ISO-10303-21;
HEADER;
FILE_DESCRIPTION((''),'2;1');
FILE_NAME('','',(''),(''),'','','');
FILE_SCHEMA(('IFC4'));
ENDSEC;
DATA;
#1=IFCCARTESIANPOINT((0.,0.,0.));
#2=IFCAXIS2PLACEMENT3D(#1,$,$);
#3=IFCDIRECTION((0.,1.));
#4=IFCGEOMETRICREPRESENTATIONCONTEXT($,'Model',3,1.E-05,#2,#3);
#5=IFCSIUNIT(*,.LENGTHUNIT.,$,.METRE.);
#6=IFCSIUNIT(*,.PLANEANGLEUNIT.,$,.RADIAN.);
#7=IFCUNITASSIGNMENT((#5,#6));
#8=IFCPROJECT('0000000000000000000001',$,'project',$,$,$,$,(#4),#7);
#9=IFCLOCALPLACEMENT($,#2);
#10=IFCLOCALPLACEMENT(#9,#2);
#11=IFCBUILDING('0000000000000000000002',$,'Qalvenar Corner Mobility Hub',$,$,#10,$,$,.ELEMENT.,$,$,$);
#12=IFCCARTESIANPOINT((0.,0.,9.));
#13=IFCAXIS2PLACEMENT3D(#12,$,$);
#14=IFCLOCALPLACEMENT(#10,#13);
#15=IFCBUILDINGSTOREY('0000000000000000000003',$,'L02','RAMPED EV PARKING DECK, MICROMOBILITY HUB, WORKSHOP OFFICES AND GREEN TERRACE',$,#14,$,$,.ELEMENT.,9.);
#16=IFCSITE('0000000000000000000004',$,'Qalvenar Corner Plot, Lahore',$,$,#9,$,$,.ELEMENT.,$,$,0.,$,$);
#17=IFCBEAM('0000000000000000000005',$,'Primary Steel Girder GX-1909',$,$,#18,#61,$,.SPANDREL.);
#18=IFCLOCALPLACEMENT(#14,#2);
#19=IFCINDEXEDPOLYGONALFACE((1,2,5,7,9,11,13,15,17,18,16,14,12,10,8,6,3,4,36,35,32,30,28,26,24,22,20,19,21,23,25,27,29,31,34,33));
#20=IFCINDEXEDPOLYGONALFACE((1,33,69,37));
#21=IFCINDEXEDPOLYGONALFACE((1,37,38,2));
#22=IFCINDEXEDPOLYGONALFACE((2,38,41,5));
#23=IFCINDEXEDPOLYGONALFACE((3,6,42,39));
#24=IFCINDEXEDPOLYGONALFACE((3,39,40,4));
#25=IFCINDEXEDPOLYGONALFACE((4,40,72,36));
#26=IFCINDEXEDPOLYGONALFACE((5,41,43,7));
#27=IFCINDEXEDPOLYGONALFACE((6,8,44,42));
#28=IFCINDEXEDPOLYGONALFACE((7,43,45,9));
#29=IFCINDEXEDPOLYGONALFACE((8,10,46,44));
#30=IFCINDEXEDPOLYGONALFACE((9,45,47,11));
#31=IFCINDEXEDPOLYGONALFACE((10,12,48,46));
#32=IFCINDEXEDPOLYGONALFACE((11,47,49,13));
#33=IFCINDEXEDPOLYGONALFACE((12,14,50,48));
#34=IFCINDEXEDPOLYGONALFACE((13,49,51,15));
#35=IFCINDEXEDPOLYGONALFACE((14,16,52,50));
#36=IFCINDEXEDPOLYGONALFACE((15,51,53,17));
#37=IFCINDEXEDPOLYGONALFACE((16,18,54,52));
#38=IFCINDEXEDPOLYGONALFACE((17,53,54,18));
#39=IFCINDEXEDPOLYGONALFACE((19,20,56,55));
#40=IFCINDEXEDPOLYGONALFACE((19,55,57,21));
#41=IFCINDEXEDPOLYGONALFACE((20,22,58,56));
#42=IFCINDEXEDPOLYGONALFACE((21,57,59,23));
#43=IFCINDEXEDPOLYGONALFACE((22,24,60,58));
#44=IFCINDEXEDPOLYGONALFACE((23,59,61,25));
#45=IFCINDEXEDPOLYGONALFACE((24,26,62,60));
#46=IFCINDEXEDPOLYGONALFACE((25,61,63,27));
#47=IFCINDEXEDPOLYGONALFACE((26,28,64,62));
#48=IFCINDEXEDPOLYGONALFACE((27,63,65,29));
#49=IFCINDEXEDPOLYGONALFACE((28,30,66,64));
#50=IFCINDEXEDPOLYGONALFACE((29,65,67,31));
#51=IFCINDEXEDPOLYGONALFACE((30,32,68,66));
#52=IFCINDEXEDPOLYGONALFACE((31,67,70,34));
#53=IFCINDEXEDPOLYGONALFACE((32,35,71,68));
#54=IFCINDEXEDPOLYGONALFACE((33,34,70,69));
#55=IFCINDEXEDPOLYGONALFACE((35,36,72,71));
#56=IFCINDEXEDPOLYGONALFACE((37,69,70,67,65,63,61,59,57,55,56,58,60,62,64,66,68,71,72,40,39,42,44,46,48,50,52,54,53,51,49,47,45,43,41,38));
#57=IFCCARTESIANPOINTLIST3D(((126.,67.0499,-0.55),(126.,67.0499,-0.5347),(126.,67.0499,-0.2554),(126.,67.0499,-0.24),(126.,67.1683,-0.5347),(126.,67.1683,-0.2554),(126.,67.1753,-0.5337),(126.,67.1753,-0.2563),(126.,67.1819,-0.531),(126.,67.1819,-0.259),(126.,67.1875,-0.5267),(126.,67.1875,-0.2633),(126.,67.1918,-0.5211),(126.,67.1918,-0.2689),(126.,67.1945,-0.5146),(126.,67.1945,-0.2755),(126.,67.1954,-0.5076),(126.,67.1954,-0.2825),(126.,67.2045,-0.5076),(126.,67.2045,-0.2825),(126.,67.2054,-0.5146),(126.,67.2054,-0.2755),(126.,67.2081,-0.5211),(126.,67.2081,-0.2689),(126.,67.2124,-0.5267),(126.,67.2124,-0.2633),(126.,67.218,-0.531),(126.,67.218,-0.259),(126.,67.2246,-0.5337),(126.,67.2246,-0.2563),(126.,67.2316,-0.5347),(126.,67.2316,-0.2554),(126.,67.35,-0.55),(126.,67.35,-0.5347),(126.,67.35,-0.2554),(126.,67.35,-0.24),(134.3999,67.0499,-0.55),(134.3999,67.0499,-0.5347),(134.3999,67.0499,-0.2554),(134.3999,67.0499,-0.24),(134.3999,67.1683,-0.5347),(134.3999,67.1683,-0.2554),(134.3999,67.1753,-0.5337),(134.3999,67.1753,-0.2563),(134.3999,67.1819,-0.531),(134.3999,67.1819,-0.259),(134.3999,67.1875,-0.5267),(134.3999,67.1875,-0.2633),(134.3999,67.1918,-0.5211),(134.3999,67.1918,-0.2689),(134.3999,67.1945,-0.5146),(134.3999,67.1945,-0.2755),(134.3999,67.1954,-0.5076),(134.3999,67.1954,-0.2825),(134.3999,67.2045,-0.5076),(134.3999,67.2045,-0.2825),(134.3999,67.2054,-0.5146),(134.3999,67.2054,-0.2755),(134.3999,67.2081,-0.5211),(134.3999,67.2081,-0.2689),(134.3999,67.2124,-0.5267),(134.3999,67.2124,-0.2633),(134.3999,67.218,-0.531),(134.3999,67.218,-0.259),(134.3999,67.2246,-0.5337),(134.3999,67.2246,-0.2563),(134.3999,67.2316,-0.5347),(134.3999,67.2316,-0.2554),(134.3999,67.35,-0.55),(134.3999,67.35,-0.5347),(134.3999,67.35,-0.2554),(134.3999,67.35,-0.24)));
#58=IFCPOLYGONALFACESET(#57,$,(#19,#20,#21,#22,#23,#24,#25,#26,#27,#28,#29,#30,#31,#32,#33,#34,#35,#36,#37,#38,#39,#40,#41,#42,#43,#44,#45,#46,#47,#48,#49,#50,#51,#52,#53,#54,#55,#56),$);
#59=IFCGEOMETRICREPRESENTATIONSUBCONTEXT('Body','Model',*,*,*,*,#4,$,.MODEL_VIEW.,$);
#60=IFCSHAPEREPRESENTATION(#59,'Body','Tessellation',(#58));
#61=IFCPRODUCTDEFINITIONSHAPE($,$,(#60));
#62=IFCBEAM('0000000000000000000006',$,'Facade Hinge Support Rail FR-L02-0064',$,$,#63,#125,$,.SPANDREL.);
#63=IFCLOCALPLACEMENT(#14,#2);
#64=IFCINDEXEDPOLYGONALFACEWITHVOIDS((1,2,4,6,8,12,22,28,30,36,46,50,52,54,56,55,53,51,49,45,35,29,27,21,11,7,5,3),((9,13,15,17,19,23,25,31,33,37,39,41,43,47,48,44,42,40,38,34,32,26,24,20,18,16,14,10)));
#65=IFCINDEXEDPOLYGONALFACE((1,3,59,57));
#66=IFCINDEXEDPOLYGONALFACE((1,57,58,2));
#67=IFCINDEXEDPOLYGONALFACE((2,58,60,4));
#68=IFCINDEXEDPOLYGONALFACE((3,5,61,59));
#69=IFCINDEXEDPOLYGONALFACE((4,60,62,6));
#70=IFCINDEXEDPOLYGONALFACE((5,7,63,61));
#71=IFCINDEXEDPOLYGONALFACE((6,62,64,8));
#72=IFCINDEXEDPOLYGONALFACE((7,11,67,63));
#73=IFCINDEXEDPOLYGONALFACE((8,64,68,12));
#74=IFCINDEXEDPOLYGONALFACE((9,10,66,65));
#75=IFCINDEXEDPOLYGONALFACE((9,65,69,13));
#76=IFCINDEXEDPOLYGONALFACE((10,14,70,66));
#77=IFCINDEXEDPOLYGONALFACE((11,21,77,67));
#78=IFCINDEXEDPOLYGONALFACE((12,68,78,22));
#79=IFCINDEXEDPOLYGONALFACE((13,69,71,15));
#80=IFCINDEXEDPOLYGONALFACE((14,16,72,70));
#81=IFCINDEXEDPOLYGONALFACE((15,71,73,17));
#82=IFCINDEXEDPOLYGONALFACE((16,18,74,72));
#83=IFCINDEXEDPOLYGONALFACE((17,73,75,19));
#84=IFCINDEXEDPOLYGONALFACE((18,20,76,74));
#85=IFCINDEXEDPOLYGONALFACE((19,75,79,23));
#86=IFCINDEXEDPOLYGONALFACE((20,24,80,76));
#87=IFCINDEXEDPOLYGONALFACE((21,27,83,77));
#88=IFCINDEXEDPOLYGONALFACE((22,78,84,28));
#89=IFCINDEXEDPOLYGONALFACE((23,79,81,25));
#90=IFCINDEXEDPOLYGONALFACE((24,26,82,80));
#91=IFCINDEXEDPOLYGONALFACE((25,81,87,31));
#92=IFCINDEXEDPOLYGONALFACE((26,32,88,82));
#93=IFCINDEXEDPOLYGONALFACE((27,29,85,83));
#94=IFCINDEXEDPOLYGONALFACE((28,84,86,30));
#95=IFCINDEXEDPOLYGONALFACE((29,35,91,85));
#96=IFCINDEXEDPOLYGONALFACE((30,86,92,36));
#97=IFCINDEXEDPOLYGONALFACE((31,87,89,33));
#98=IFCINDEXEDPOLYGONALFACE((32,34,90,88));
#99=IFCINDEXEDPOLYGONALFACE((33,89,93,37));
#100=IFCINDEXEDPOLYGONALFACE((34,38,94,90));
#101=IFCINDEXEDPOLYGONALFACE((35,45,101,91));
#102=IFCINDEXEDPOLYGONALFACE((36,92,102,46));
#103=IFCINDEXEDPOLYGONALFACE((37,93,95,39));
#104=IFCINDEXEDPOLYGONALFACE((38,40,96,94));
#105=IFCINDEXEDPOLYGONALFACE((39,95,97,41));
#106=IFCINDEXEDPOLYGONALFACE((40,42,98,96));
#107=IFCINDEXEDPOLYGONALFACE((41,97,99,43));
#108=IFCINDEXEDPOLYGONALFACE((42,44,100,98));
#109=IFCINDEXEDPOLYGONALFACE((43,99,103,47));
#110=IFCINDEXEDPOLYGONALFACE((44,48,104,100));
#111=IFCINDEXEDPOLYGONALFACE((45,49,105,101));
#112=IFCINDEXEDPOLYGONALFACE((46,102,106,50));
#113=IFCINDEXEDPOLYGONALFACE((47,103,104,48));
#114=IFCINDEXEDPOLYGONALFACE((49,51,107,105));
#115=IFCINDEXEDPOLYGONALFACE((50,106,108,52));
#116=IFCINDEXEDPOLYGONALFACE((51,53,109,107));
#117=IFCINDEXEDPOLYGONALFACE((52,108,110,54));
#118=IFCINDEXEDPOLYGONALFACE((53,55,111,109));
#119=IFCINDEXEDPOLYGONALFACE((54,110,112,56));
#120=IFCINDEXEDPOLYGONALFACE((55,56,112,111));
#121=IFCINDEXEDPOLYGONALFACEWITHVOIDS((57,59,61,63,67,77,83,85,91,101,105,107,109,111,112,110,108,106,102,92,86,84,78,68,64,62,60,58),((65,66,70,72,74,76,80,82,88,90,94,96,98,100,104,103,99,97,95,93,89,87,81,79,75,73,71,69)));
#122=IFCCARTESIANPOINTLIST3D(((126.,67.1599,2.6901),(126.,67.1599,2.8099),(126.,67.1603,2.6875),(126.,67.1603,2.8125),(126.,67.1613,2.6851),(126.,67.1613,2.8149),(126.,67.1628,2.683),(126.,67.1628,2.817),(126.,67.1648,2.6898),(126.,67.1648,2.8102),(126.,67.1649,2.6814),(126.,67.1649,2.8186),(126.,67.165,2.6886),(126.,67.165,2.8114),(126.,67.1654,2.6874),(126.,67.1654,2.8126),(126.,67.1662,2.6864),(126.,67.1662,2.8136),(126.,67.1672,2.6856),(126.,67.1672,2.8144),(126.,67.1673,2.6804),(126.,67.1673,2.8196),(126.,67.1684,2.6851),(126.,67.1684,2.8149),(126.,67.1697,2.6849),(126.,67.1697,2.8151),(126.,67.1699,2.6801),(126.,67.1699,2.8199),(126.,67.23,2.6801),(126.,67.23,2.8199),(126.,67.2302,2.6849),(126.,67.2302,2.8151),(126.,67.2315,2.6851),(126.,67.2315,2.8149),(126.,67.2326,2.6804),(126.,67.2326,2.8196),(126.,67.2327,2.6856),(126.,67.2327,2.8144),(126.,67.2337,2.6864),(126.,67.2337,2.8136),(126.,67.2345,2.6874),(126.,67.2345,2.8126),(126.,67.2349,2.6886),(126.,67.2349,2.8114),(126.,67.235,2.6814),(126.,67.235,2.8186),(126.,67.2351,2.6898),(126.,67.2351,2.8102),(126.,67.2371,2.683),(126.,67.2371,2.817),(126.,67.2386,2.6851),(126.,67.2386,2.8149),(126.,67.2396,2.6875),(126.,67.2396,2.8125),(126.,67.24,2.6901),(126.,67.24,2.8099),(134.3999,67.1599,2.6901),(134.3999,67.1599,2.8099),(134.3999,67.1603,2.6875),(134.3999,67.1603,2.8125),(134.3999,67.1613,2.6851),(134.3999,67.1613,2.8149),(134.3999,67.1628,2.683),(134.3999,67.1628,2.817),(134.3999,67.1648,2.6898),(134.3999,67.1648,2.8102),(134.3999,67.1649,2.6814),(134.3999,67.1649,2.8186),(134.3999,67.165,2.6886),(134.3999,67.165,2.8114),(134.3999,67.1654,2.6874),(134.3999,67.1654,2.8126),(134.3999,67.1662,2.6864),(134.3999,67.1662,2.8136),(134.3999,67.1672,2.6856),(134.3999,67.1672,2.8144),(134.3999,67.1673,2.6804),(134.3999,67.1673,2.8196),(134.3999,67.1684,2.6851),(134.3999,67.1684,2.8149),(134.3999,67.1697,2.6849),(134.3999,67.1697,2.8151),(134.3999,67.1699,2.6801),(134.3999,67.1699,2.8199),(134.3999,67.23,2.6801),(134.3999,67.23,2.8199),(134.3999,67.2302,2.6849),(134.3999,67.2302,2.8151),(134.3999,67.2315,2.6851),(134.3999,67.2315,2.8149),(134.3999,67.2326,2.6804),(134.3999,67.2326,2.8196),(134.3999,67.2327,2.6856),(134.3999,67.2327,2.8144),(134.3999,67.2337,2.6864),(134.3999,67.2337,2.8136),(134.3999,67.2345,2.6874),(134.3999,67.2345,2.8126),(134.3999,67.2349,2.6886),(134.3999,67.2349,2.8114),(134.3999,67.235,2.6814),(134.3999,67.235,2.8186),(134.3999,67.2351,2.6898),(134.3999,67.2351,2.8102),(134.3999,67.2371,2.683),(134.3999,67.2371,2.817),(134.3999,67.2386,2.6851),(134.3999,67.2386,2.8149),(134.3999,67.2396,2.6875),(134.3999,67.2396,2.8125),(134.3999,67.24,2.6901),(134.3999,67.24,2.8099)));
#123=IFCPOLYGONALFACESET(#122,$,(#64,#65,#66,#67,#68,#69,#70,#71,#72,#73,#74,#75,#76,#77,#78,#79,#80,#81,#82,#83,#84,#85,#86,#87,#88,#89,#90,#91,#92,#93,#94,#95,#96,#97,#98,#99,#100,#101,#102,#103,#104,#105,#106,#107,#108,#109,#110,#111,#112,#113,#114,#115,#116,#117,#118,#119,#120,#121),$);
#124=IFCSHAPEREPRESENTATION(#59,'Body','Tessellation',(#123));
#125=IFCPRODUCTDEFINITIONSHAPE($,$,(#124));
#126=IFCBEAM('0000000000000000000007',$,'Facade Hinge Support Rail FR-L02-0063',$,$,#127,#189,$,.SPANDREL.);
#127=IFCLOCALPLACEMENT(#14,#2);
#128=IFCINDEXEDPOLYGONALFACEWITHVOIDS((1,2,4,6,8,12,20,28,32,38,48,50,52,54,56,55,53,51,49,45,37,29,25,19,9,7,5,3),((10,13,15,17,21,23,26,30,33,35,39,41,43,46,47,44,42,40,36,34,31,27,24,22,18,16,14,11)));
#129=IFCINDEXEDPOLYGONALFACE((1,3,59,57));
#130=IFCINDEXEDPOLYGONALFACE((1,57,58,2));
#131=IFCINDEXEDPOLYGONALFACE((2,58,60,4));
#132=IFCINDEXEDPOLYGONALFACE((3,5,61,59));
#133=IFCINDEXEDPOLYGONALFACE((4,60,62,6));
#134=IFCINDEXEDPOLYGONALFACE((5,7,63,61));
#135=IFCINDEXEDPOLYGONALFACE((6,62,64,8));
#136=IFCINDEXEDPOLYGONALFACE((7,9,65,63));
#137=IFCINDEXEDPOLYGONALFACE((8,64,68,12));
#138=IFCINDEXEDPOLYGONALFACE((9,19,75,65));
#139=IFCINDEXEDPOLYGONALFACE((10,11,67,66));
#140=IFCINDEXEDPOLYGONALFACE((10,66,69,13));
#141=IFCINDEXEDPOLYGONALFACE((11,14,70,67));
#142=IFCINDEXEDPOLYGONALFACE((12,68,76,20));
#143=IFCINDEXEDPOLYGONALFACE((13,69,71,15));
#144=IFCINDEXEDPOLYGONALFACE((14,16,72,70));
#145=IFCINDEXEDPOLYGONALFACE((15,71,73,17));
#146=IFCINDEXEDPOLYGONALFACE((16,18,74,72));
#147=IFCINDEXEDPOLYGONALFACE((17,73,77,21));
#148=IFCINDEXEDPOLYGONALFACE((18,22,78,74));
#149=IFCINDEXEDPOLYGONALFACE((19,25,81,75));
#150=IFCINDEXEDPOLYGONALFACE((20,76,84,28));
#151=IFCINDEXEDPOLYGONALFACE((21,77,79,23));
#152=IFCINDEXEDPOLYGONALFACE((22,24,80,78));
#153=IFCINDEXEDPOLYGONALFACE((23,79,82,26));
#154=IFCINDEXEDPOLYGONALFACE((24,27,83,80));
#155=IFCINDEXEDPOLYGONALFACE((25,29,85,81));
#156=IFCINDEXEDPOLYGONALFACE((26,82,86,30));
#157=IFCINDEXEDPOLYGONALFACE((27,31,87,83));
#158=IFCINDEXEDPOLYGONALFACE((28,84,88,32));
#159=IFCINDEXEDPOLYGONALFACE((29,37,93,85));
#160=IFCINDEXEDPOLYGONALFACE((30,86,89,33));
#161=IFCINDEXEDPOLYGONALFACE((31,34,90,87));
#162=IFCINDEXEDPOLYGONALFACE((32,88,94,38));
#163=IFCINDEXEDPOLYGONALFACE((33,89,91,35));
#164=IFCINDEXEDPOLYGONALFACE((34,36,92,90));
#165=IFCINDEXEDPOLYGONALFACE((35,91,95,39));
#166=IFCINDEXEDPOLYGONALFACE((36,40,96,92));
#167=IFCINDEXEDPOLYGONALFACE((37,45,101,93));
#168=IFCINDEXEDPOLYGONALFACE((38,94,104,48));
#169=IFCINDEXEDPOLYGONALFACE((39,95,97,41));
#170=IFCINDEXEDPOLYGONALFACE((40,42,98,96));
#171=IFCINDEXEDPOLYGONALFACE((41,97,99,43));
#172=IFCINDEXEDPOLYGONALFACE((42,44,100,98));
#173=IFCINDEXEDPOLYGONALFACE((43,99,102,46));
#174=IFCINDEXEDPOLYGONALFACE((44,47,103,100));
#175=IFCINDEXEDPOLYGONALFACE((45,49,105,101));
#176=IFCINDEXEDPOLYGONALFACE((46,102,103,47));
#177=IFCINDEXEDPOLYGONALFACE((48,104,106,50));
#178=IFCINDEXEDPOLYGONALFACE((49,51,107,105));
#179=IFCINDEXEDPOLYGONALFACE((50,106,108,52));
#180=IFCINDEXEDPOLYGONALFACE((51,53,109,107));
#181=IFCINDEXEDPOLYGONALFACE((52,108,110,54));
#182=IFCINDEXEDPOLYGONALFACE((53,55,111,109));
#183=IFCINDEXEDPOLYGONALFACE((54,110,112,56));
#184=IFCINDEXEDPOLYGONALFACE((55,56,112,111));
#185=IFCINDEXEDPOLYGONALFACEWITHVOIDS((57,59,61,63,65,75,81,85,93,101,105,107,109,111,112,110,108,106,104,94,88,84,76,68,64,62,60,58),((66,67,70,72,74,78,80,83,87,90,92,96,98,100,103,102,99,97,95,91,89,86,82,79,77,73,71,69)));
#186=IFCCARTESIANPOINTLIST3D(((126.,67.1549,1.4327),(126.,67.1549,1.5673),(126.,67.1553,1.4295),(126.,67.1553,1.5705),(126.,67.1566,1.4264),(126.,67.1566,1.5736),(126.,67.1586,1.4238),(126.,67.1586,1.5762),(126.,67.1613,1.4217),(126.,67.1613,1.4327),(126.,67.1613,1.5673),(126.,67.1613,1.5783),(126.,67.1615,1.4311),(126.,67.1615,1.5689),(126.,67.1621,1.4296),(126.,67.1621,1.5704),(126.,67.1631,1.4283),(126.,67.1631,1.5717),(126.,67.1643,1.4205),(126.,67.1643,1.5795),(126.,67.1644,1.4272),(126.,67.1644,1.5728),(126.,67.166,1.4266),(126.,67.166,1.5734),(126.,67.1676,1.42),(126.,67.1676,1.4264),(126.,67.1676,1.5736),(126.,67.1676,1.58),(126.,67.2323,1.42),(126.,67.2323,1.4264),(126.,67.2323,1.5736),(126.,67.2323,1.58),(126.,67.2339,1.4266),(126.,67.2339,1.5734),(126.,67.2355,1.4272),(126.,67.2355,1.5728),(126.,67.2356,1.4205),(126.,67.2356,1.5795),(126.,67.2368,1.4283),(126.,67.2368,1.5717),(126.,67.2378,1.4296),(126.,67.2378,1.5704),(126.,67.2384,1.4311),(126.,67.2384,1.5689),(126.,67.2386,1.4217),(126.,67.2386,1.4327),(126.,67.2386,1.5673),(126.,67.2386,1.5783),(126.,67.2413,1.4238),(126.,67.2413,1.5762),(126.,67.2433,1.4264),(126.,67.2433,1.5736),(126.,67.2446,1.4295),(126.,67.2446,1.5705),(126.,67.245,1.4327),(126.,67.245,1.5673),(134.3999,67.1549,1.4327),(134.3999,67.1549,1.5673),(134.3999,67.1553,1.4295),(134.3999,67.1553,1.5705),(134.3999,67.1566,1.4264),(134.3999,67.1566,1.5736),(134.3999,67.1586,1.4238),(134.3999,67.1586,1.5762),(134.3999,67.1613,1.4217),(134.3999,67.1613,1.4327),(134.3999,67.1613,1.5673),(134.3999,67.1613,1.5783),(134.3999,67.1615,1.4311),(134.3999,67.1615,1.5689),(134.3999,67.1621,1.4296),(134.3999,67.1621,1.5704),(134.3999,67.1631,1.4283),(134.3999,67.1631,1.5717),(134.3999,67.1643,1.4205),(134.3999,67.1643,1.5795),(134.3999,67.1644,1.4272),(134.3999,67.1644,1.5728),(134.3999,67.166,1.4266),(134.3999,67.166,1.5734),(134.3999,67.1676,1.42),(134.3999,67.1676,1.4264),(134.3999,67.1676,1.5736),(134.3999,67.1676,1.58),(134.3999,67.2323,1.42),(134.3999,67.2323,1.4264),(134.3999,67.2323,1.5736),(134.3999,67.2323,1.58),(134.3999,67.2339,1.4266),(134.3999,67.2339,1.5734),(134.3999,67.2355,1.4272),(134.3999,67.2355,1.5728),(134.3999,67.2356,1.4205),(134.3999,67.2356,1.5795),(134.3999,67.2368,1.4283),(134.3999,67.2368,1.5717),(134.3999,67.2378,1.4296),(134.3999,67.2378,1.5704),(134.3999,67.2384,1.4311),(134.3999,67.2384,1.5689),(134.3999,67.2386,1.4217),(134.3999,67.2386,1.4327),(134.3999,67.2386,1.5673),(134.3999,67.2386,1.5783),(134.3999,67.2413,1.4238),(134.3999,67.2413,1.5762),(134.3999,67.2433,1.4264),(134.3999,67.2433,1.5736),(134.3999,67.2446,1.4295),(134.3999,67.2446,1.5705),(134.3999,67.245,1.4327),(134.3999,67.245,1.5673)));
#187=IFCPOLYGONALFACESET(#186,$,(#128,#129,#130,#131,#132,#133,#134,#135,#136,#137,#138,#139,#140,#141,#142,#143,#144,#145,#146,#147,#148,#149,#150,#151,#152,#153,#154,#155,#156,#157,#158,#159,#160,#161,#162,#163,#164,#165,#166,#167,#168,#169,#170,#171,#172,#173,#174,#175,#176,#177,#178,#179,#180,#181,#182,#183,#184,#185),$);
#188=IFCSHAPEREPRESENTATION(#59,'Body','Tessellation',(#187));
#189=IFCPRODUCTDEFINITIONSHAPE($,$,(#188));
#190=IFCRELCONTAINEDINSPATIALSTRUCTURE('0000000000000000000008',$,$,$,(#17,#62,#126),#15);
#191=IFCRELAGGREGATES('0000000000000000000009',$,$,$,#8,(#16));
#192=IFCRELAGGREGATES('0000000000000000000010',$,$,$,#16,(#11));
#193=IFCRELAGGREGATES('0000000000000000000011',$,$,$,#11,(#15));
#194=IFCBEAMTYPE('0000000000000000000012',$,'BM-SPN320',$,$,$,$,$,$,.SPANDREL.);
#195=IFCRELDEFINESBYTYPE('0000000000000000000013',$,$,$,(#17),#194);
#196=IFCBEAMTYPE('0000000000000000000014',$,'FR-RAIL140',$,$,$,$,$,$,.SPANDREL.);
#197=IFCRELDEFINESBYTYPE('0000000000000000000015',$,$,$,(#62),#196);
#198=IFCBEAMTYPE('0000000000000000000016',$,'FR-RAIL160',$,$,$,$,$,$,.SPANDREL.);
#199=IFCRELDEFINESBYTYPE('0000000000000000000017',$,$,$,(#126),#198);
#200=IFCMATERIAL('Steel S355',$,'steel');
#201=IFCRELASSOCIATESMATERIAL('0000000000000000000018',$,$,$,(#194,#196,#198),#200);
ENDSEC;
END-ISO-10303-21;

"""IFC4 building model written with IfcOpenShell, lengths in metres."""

from ifc_helpers import new_model, si_unit, direction, frame, origin, origin_2d, place, context, subcontext, project, spatial, hollow_rectangle, i_section, extrude, material, material_profile, profile_set, type_object, element, save


model = new_model("IFC4")

# Units and contexts
model_context = context("Model", 3, precision=1e-05, world=origin(), true_north=direction((0.0, 1.0)))
body_context = subcontext(model_context, "Body", "Model", "MODEL_VIEW")
ifc_project = project(units=[si_unit("LENGTHUNIT", "METRE"), si_unit("PLANEANGLEUNIT", "RADIAN")], contexts=[model_context])

# Site, building, storey
site_placement = place(None, origin())
site = spatial("IfcSite", under=ifc_project, at=site_placement, Name="Qalvenar Corner Plot, Lahore", CompositionType="ELEMENT", RefElevation=0.0)
building_placement = place(site_placement, origin())
building = spatial("IfcBuilding", under=site, at=building_placement, Name="Qalvenar Corner Mobility Hub", CompositionType="ELEMENT")
storey_placement = place(building_placement, frame((0.0, 0.0, 9.0)))
storey = spatial("IfcBuildingStorey", under=building, at=storey_placement, Name="L02", Description="RAMPED EV PARKING DECK, MICROMOBILITY HUB, WORKSHOP OFFICES AND GREEN TERRACE", CompositionType="ELEMENT", Elevation=9.0)

# Shared definitions
ifc_material_1 = material(Name="Steel S355", Category="steel")

# Beams
ifc_material_profile_1 = material_profile(ifc_material_1, i_section(OverallWidth=0.3, OverallDepth=0.3101, WebThickness=0.009, FlangeThickness=0.0154, FilletRadius=0.0271, at=origin_2d()), Name="HEA320")
ifc_profile_set_1 = profile_set([ifc_material_profile_1], Name="Steel S355")
beam_type_1 = type_object("IfcBeamType", Name="BM-SPN320", PredefinedType="SPANDREL", material=ifc_profile_set_1)
beam_1_placement = place(storey_placement, frame((126.0, 67.2, -0.395), z_axis=(1.0, 0.0, 0.0), x_axis=(0.0, 1.0, 0.0)))
element("IfcBeam", 1, at=beam_1_placement, inside=storey, type_object=beam_type_1, Name="Primary Steel Girder GX-1909", PredefinedType="SPANDREL", context=body_context, shape_type="SweptSolid", body=[
    extrude(i_section(OverallWidth=0.3, OverallDepth=0.3101, WebThickness=0.009, FlangeThickness=0.0154, FilletRadius=0.0271, at=origin_2d()), origin(), (0.0, 0.0, 1.0), 8.3999),
])
ifc_material_profile_2 = material_profile(ifc_material_1, hollow_rectangle(XDim=0.0801, YDim=0.1399, WallThickness=0.0049, InnerFilletRadius=0.0049, OuterFilletRadius=0.01, at=origin_2d()), Name="RHS140x80x5")
ifc_profile_set_2 = profile_set([ifc_material_profile_2], Name="Steel S355")
beam_type_2 = type_object("IfcBeamType", Name="FR-RAIL140", PredefinedType="SPANDREL", material=ifc_profile_set_2)
beam_2_placement = place(storey_placement, frame((126.0, 67.2, 2.75), z_axis=(1.0, 0.0, 0.0), x_axis=(0.0, 1.0, 0.0)))
element("IfcBeam", 2, at=beam_2_placement, inside=storey, type_object=beam_type_2, Name="Facade Hinge Support Rail FR-L02-0064", PredefinedType="SPANDREL", context=body_context, shape_type="SweptSolid", body=[
    extrude(hollow_rectangle(XDim=0.0801, YDim=0.1399, WallThickness=0.0049, InnerFilletRadius=0.0049, OuterFilletRadius=0.01, at=origin_2d()), origin(), (0.0, 0.0, 1.0), 8.3999),
])
ifc_material_profile_3 = material_profile(ifc_material_1, hollow_rectangle(XDim=0.0901, YDim=0.1599, WallThickness=0.0063, InnerFilletRadius=0.0063, OuterFilletRadius=0.0127, at=origin_2d()), Name="RHS160x90x6.3")
ifc_profile_set_3 = profile_set([ifc_material_profile_3], Name="Steel S355")
beam_type_3 = type_object("IfcBeamType", Name="FR-RAIL160", PredefinedType="SPANDREL", material=ifc_profile_set_3)
beam_3_placement = place(storey_placement, frame((126.0, 67.2, 1.5), z_axis=(1.0, 0.0, 0.0), x_axis=(0.0, 1.0, 0.0)))
element("IfcBeam", 3, at=beam_3_placement, inside=storey, type_object=beam_type_3, Name="Facade Hinge Support Rail FR-L02-0063", PredefinedType="SPANDREL", context=body_context, shape_type="SweptSolid", body=[
    extrude(hollow_rectangle(XDim=0.0901, YDim=0.1599, WallThickness=0.0063, InnerFilletRadius=0.0063, OuterFilletRadius=0.0127, at=origin_2d()), origin(), (0.0, 0.0, 1.0), 8.3999),
])

save(model, "model.ifc")
